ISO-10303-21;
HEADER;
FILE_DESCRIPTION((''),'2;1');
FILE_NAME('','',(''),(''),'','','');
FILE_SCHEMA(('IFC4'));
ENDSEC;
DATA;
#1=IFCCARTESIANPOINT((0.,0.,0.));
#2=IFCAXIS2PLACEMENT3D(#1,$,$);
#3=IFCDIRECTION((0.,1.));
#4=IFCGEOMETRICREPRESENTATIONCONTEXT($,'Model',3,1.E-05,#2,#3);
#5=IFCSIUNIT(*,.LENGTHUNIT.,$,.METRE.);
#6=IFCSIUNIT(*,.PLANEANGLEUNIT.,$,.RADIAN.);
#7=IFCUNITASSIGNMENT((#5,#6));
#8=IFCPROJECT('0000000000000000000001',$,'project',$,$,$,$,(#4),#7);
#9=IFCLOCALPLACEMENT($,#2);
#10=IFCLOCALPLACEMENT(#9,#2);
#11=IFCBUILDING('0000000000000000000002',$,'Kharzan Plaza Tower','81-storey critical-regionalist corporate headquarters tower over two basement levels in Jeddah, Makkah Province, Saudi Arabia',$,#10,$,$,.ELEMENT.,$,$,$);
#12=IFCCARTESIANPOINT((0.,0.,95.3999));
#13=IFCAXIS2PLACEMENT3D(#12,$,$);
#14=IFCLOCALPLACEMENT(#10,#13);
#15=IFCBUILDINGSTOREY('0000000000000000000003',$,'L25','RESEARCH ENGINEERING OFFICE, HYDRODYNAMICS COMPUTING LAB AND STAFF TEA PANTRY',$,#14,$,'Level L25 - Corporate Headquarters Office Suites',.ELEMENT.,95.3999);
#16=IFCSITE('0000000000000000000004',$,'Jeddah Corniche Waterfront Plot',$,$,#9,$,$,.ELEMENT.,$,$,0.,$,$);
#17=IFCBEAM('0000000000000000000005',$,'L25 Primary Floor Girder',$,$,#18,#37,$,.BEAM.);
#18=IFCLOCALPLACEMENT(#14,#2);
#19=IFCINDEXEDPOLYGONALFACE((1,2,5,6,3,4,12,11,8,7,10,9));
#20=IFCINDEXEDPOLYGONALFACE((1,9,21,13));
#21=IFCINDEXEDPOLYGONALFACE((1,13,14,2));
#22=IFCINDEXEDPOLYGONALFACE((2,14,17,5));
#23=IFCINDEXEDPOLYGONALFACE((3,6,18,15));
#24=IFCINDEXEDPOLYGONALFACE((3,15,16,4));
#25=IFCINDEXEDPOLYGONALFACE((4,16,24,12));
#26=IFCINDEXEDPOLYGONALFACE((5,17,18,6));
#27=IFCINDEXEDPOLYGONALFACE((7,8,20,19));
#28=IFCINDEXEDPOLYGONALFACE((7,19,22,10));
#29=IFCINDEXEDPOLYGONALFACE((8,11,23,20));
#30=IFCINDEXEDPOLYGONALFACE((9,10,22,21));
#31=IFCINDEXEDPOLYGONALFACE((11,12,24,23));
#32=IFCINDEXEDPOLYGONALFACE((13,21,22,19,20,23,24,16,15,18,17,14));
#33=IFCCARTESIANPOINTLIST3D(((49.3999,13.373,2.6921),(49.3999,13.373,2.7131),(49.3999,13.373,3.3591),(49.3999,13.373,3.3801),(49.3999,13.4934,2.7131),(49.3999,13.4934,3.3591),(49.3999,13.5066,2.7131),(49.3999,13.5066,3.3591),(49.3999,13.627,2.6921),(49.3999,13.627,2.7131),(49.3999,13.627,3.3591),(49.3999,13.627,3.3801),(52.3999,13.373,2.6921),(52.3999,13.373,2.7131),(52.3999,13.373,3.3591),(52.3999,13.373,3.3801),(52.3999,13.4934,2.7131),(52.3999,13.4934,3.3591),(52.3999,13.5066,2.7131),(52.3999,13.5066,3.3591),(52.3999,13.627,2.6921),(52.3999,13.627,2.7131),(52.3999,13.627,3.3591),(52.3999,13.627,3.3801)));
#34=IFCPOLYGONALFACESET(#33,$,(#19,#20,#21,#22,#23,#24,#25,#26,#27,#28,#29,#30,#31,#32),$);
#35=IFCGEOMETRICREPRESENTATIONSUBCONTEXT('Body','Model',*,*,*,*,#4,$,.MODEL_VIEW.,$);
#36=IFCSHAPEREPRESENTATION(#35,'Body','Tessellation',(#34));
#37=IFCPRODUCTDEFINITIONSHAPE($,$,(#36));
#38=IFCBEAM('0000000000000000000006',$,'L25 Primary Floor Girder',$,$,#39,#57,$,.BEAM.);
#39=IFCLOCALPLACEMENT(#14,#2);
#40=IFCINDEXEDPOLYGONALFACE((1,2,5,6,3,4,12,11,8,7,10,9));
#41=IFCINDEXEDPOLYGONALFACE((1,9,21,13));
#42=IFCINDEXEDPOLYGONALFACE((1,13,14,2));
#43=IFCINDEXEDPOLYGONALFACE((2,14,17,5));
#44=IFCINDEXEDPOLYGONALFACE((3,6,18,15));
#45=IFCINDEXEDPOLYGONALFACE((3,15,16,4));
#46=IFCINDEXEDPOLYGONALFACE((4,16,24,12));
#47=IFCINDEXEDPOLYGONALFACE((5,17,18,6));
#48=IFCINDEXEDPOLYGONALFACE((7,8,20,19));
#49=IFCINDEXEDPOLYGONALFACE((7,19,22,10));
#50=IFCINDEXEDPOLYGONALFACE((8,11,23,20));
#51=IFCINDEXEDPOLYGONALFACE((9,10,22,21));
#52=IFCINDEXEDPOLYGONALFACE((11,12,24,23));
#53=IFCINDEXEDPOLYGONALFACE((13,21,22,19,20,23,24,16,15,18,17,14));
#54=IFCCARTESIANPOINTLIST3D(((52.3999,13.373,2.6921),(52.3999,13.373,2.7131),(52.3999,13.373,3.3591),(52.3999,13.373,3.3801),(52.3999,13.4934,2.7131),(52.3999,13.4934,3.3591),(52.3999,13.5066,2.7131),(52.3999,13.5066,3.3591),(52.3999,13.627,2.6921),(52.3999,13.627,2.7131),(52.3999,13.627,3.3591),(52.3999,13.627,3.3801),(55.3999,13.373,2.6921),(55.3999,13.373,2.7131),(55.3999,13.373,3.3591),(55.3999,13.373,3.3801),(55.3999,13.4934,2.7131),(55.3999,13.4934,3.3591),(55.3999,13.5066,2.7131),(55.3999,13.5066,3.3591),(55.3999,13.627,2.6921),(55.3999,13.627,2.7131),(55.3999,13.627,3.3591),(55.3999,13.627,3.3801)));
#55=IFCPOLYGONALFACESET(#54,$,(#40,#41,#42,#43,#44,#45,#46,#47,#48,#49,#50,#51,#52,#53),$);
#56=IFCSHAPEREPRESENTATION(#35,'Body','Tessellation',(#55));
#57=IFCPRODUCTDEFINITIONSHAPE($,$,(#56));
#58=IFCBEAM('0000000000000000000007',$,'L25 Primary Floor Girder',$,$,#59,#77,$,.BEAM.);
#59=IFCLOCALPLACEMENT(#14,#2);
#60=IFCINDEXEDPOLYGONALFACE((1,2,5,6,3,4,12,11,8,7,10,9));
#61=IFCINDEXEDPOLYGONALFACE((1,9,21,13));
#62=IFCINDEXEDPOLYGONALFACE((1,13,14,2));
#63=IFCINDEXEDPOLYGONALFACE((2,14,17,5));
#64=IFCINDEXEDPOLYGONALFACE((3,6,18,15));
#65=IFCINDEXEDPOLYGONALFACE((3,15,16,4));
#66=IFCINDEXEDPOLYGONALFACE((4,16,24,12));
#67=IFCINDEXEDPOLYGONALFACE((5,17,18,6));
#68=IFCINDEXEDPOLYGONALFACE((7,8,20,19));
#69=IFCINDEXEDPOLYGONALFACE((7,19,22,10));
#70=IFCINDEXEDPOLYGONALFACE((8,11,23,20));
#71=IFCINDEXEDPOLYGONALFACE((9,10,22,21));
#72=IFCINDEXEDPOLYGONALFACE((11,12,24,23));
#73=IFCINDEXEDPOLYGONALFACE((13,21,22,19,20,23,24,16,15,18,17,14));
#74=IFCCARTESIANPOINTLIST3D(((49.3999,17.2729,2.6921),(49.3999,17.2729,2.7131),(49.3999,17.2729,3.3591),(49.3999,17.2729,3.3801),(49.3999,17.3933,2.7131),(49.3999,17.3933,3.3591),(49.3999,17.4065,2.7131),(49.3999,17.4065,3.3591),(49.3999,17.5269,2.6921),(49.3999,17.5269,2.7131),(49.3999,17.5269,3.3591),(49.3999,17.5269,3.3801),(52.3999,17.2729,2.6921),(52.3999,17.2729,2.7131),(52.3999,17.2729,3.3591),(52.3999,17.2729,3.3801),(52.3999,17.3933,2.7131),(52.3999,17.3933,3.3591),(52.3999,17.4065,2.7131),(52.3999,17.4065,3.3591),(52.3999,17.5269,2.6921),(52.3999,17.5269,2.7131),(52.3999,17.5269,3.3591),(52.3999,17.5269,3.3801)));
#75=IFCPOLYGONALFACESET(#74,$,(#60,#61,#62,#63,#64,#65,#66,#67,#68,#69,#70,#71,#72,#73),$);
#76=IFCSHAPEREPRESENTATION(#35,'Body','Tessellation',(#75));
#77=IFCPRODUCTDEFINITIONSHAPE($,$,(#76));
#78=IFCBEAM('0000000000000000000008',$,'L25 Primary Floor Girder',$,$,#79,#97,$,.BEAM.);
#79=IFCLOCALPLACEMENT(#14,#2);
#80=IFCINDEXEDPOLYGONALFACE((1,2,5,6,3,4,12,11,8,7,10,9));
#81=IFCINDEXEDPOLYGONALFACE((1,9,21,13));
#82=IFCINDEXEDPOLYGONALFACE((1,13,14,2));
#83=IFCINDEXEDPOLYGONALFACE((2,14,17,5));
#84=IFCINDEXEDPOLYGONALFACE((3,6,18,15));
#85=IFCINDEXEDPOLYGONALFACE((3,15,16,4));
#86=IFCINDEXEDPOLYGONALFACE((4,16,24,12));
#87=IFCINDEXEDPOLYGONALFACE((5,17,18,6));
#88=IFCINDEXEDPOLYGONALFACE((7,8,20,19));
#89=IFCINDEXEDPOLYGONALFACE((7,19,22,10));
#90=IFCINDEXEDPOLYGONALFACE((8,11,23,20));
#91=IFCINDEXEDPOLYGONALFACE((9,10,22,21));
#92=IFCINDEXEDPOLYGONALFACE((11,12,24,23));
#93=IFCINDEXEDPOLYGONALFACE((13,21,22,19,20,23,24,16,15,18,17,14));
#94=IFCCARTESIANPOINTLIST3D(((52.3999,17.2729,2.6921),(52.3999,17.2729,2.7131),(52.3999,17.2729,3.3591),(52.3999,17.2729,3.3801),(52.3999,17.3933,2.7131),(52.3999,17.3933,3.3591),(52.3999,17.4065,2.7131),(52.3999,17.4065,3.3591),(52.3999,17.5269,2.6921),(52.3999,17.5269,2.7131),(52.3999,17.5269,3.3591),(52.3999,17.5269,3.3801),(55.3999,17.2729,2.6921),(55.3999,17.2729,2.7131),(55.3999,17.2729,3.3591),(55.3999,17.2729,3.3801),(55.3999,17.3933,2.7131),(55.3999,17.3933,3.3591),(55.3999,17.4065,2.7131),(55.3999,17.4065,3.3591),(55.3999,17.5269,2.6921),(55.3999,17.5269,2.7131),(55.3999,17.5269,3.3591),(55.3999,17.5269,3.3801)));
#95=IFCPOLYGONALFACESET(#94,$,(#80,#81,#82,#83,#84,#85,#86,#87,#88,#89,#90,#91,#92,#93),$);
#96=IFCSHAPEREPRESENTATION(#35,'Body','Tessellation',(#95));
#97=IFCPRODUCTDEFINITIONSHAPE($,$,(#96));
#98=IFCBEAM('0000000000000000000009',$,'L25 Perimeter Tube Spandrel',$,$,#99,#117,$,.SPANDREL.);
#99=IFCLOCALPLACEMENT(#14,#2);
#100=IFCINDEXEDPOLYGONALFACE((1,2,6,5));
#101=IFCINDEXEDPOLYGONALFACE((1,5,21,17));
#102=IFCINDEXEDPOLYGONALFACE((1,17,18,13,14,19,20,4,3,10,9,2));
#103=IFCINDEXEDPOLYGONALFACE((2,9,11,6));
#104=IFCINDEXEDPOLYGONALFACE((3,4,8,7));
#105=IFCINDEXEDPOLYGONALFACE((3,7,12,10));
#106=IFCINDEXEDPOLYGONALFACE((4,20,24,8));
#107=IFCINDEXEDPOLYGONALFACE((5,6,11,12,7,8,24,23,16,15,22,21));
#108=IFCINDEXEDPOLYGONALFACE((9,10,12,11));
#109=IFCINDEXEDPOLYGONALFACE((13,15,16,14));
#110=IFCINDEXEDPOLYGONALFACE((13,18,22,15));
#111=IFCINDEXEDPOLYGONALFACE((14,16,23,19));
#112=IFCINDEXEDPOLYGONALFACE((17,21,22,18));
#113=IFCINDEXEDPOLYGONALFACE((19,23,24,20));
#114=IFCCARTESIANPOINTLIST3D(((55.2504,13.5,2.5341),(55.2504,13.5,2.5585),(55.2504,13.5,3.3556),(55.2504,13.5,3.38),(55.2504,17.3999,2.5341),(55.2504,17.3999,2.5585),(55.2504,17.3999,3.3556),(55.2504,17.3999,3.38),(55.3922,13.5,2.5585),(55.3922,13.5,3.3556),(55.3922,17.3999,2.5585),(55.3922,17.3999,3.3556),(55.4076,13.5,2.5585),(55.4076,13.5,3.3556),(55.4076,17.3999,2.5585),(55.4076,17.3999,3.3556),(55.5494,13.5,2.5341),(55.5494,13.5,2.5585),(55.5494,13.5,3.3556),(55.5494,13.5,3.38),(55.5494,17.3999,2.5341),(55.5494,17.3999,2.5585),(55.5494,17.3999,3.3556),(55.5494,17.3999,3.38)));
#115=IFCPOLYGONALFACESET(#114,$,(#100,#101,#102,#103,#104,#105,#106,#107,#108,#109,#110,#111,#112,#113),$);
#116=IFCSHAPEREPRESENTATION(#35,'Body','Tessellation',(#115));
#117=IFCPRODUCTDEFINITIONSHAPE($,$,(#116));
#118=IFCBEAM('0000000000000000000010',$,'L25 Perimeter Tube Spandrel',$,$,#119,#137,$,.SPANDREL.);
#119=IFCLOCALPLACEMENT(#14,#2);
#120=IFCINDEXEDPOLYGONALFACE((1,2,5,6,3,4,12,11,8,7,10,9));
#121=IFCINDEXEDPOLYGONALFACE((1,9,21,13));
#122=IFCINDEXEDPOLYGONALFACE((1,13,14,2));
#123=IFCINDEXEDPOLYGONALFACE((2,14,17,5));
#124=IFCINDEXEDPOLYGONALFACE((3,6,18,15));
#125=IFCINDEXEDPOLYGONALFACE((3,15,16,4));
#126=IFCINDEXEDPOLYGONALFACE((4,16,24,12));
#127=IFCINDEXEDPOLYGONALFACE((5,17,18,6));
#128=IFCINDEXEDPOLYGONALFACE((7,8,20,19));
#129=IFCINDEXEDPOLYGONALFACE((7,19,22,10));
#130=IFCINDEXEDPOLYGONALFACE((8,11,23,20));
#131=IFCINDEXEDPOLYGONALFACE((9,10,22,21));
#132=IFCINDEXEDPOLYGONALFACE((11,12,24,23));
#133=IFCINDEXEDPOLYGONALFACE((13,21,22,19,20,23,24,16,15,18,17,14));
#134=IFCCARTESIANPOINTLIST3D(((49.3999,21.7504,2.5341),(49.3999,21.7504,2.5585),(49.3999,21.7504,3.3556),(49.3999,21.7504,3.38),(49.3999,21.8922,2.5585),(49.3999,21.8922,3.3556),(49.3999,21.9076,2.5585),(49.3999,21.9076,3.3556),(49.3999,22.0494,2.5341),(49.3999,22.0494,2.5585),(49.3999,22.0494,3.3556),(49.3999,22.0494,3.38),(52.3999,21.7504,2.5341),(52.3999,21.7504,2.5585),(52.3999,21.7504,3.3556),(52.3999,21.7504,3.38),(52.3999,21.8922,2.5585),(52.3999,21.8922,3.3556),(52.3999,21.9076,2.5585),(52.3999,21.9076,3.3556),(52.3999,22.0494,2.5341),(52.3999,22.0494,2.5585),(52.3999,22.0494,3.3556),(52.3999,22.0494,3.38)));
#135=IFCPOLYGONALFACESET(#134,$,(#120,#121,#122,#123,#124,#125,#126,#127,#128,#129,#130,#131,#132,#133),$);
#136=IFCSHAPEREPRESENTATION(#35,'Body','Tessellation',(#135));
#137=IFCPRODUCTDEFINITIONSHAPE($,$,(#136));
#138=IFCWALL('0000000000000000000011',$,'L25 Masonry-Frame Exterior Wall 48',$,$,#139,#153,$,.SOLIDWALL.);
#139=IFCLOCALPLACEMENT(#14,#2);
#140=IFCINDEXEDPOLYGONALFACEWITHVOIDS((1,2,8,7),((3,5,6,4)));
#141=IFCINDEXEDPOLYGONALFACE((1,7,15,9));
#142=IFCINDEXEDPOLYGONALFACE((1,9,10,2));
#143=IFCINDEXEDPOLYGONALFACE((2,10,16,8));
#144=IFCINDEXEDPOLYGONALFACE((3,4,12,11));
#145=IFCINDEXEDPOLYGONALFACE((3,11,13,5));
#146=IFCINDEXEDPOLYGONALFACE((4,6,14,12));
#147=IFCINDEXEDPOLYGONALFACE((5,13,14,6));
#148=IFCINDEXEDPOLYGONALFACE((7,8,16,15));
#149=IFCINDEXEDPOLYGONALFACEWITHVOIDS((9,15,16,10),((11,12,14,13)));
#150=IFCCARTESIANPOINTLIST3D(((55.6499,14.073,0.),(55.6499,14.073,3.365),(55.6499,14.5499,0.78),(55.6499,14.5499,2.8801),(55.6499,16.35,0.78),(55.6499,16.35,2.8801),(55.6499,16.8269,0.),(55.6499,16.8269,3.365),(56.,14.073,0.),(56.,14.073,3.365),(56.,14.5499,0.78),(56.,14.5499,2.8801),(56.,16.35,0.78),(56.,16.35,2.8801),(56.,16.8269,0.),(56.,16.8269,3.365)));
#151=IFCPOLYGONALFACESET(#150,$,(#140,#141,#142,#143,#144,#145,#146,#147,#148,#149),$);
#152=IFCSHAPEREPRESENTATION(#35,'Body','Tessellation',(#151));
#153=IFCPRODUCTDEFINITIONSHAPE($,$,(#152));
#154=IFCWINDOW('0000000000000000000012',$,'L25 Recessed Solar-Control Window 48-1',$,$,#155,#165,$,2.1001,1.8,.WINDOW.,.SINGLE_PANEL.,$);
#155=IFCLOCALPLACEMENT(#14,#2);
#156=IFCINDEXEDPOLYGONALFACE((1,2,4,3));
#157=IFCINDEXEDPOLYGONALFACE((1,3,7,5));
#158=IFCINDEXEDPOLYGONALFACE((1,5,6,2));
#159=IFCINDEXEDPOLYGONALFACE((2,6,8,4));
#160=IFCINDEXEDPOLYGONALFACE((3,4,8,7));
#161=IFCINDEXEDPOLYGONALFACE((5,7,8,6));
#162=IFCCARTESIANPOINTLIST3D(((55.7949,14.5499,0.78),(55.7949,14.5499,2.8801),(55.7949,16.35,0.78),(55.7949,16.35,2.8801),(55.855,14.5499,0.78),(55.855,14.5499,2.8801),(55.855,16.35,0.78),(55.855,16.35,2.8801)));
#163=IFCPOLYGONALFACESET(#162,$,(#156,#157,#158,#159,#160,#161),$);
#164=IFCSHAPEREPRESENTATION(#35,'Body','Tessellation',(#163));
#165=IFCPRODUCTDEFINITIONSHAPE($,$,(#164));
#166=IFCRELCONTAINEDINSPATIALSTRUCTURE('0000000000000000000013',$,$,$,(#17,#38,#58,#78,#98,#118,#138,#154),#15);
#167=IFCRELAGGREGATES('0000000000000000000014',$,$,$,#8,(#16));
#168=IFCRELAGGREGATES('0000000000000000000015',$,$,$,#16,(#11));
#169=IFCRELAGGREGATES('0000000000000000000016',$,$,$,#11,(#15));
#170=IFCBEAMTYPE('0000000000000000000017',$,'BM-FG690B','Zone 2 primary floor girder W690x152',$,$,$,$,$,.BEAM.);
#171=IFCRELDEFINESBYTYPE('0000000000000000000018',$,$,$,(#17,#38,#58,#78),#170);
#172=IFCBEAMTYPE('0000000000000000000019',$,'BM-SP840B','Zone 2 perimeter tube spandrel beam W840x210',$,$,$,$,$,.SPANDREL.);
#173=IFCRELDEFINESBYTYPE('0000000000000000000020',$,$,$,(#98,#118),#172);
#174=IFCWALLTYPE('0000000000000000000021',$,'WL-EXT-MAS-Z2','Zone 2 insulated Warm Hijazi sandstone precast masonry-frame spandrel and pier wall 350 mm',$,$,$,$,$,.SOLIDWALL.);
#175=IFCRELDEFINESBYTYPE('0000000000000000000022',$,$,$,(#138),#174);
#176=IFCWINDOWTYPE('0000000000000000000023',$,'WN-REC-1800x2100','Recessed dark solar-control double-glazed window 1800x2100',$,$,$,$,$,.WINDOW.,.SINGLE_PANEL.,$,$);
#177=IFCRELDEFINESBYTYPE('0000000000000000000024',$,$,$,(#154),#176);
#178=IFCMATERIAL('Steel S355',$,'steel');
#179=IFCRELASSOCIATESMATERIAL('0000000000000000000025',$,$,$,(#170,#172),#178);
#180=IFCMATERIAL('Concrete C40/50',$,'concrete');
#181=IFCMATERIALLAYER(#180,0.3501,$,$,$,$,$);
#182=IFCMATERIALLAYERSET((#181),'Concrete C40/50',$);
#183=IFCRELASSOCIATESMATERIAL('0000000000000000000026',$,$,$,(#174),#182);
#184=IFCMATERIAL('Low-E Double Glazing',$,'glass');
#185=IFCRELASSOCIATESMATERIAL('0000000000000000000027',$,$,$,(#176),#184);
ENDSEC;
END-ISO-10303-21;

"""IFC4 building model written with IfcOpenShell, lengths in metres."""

from ifc_helpers import new_model, si_unit, direction, frame, frame_2d, origin, origin_2d, place, context, subcontext, project, spatial, rectangle, i_section, extrude, source, transform, mapped, material, layer, layer_set, material_profile, profile_set, type_object, element, fill, save


model = new_model("IFC4")

# Units and contexts
model_context = context("Model", 3, precision=1e-05, world=origin(), true_north=direction((0.0, 1.0)))
body_context = subcontext(model_context, "Body", "Model", "MODEL_VIEW")
ifc_project = project(units=[si_unit("LENGTHUNIT", "METRE"), si_unit("PLANEANGLEUNIT", "RADIAN")], contexts=[model_context])

# Site, building, storey
site_placement = place(None, origin())
site = spatial("IfcSite", under=ifc_project, at=site_placement, Name="Jeddah Corniche Waterfront Plot", CompositionType="ELEMENT", RefElevation=0.0)
building_placement = place(site_placement, origin())
building = spatial("IfcBuilding", under=site, at=building_placement, Name="Kharzan Plaza Tower", Description="81-storey critical-regionalist corporate headquarters tower over two basement levels in Jeddah, Makkah Province, Saudi Arabia", CompositionType="ELEMENT")
storey_placement = place(building_placement, frame((0.0, 0.0, 95.3999)))
storey = spatial("IfcBuildingStorey", under=building, at=storey_placement, Name="L25", Description="RESEARCH ENGINEERING OFFICE, HYDRODYNAMICS COMPUTING LAB AND STAFF TEA PANTRY", LongName="Level L25 - Corporate Headquarters Office Suites", CompositionType="ELEMENT", Elevation=95.3999)

# Beams
ifc_material_1 = material(Name="Steel S355", Category="steel")
ifc_material_profile_1 = material_profile(ifc_material_1, i_section(OverallWidth=0.2539, OverallDepth=0.688, WebThickness=0.0132, FlangeThickness=0.021, at=origin_2d()), Name="W690x152")
ifc_profile_set_1 = profile_set([ifc_material_profile_1], Name="Steel S355")
beam_type_1 = type_object("IfcBeamType", Name="BM-FG690B", Description="Zone 2 primary floor girder W690x152", PredefinedType="BEAM", material=ifc_profile_set_1)
shared_shape_1 = source(origin(), body_context, "Body", "SweptSolid", [
    extrude(i_section(OverallWidth=0.2539, OverallDepth=0.688, WebThickness=0.0132, FlangeThickness=0.021, at=origin_2d()), origin(), (0.0, 0.0, 1.0), 3.0),
])
for number, where, z_axis, x_axis, name in (
    (1, (49.3999, 13.5, 3.0361), (1.0, 0.0, 0.0), (0.0, 1.0, 0.0), "L25 Primary Floor Girder"),
    (2, (52.3999, 13.5, 3.0361), (1.0, 0.0, 0.0), (0.0, 1.0, 0.0), "L25 Primary Floor Girder"),
    (3, (49.3999, 17.3999, 3.0361), (1.0, 0.0, 0.0), (0.0, 1.0, 0.0), "L25 Primary Floor Girder"),
    (4, (52.3999, 17.3999, 3.0361), (1.0, 0.0, 0.0), (0.0, 1.0, 0.0), "L25 Primary Floor Girder"),
):
    element("IfcBeam", number, at=place(storey_placement, frame(where, z_axis=z_axis, x_axis=x_axis)), inside=storey, type_object=beam_type_1, Name=name, PredefinedType="BEAM", context=body_context, shape_type="MappedRepresentation", body=[
        mapped(shared_shape_1, transform((0.0, 0.0, 0.0), x_axis=(1.0, 0.0, 0.0), y_axis=(0.0, 1.0, 0.0), z_axis=(0.0, 0.0, 1.0))),
    ])
ifc_material_profile_2 = material_profile(ifc_material_1, i_section(OverallWidth=0.2991, OverallDepth=0.8459, WebThickness=0.0154, FlangeThickness=0.0244, at=origin_2d()), Name="W840x210")
ifc_profile_set_2 = profile_set([ifc_material_profile_2], Name="Steel S355")
beam_type_2 = type_object("IfcBeamType", Name="BM-SP840B", Description="Zone 2 perimeter tube spandrel beam W840x210", PredefinedType="SPANDREL", material=ifc_profile_set_2)
shared_shape_2 = source(origin(), body_context, "Body", "SweptSolid", [
    extrude(i_section(OverallWidth=0.2991, OverallDepth=0.8459, WebThickness=0.0154, FlangeThickness=0.0244, at=origin_2d()), origin(), (0.0, 0.0, 1.0), 3.8999),
])
beam_1_placement = place(storey_placement, frame((55.3999, 13.5, 2.957), z_axis=(0.0, 1.0, 0.0), x_axis=(-1.0, 0.0, 0.0)))
element("IfcBeam", 5, at=beam_1_placement, inside=storey, type_object=beam_type_2, Name="L25 Perimeter Tube Spandrel", PredefinedType="SPANDREL", context=body_context, shape_type="MappedRepresentation", body=[
    mapped(shared_shape_2, transform((0.0, 0.0, 0.0), x_axis=(1.0, 0.0, 0.0), y_axis=(0.0, 1.0, 0.0), z_axis=(0.0, 0.0, 1.0))),
])
shared_shape_3 = source(origin(), body_context, "Body", "SweptSolid", [
    extrude(i_section(OverallWidth=0.2991, OverallDepth=0.8459, WebThickness=0.0154, FlangeThickness=0.0244, at=origin_2d()), origin(), (0.0, 0.0, 1.0), 3.0),
])
beam_2_placement = place(storey_placement, frame((49.3999, 21.8999, 2.957), z_axis=(1.0, 0.0, 0.0), x_axis=(0.0, 1.0, 0.0)))
element("IfcBeam", 6, at=beam_2_placement, inside=storey, type_object=beam_type_2, Name="L25 Perimeter Tube Spandrel", PredefinedType="SPANDREL", context=body_context, shape_type="MappedRepresentation", body=[
    mapped(shared_shape_3, transform((0.0, 0.0, 0.0), x_axis=(1.0, 0.0, 0.0), y_axis=(0.0, 1.0, 0.0), z_axis=(0.0, 0.0, 1.0))),
])

# Wall, opening, window
ifc_material_2 = material(Name="Concrete C40/50", Category="concrete")
ifc_layer_1 = layer(ifc_material_2, 0.3501)
ifc_layer_set_1 = layer_set([ifc_layer_1], Name="Concrete C40/50")
wall_type_1 = type_object("IfcWallType", Name="WL-EXT-MAS-Z2", Description="Zone 2 insulated Warm Hijazi sandstone precast masonry-frame spandrel and pier wall 350 mm", PredefinedType="SOLIDWALL", material=ifc_layer_set_1)
wall_1_placement = place(storey_placement, frame((55.825, 14.073, 0.0), z_axis=(0.0, 0.0, 1.0), x_axis=(0.0, 1.0, 0.0)))
wall_1 = element("IfcWall", 7, at=wall_1_placement, inside=storey, type_object=wall_type_1, Name="L25 Masonry-Frame Exterior Wall 48", PredefinedType="SOLIDWALL", context=body_context, shape_type="SweptSolid", body=[
    extrude(rectangle(XDim=2.7539, YDim=0.3501, at=frame_2d((1.377, 0.0))), origin(), (0.0, 0.0, 1.0), 3.365),
])
opening_1_placement = place(wall_1_placement, frame((0.4771, 0.0, 0.78)))
opening_1 = element("IfcOpeningElement", 8, at=opening_1_placement, cuts=wall_1, PredefinedType="OPENING", context=body_context, shape_type="SweptSolid", body=[
    extrude(rectangle(XDim=1.8, YDim=2.1001, at=frame_2d((0.8999, 1.05))), frame((0.0, 0.1851, 0.0), z_axis=(0.0, -1.0, 0.0), x_axis=(1.0, 0.0, 0.0)), (0.0, 0.0, 1.0), 0.3701),
])
ifc_material_3 = material(Name="Low-E Double Glazing", Category="glass")
window_type_1 = type_object("IfcWindowType", Name="WN-REC-1800x2100", Description="Recessed dark solar-control double-glazed window 1800x2100", PartitioningType="SINGLE_PANEL", PredefinedType="WINDOW", material=ifc_material_3)
shared_shape_4 = source(origin(), body_context, "Body", "SweptSolid", [
    extrude(rectangle(XDim=1.8, YDim=2.1001, at=frame_2d((0.8999, 1.05))), frame((0.0, 0.03, 0.0), z_axis=(0.0, -1.0, 0.0), x_axis=(1.0, 0.0, 0.0)), (0.0, 0.0, 1.0), 0.0601),
])
window_1_placement = place(opening_1_placement, origin())
window_1 = element("IfcWindow", 9, at=window_1_placement, inside=storey, type_object=window_type_1, Name="L25 Recessed Solar-Control Window 48-1", OverallHeight=2.1001, OverallWidth=1.8, PartitioningType="SINGLE_PANEL", PredefinedType="WINDOW", context=body_context, shape_type="MappedRepresentation", body=[
    mapped(shared_shape_4, transform((0.0, 0.0, 0.0), x_axis=(1.0, 0.0, 0.0), y_axis=(0.0, 1.0, 0.0), z_axis=(0.0, 0.0, 1.0))),
])
fill(opening_1, window_1)

save(model, "model.ifc")
